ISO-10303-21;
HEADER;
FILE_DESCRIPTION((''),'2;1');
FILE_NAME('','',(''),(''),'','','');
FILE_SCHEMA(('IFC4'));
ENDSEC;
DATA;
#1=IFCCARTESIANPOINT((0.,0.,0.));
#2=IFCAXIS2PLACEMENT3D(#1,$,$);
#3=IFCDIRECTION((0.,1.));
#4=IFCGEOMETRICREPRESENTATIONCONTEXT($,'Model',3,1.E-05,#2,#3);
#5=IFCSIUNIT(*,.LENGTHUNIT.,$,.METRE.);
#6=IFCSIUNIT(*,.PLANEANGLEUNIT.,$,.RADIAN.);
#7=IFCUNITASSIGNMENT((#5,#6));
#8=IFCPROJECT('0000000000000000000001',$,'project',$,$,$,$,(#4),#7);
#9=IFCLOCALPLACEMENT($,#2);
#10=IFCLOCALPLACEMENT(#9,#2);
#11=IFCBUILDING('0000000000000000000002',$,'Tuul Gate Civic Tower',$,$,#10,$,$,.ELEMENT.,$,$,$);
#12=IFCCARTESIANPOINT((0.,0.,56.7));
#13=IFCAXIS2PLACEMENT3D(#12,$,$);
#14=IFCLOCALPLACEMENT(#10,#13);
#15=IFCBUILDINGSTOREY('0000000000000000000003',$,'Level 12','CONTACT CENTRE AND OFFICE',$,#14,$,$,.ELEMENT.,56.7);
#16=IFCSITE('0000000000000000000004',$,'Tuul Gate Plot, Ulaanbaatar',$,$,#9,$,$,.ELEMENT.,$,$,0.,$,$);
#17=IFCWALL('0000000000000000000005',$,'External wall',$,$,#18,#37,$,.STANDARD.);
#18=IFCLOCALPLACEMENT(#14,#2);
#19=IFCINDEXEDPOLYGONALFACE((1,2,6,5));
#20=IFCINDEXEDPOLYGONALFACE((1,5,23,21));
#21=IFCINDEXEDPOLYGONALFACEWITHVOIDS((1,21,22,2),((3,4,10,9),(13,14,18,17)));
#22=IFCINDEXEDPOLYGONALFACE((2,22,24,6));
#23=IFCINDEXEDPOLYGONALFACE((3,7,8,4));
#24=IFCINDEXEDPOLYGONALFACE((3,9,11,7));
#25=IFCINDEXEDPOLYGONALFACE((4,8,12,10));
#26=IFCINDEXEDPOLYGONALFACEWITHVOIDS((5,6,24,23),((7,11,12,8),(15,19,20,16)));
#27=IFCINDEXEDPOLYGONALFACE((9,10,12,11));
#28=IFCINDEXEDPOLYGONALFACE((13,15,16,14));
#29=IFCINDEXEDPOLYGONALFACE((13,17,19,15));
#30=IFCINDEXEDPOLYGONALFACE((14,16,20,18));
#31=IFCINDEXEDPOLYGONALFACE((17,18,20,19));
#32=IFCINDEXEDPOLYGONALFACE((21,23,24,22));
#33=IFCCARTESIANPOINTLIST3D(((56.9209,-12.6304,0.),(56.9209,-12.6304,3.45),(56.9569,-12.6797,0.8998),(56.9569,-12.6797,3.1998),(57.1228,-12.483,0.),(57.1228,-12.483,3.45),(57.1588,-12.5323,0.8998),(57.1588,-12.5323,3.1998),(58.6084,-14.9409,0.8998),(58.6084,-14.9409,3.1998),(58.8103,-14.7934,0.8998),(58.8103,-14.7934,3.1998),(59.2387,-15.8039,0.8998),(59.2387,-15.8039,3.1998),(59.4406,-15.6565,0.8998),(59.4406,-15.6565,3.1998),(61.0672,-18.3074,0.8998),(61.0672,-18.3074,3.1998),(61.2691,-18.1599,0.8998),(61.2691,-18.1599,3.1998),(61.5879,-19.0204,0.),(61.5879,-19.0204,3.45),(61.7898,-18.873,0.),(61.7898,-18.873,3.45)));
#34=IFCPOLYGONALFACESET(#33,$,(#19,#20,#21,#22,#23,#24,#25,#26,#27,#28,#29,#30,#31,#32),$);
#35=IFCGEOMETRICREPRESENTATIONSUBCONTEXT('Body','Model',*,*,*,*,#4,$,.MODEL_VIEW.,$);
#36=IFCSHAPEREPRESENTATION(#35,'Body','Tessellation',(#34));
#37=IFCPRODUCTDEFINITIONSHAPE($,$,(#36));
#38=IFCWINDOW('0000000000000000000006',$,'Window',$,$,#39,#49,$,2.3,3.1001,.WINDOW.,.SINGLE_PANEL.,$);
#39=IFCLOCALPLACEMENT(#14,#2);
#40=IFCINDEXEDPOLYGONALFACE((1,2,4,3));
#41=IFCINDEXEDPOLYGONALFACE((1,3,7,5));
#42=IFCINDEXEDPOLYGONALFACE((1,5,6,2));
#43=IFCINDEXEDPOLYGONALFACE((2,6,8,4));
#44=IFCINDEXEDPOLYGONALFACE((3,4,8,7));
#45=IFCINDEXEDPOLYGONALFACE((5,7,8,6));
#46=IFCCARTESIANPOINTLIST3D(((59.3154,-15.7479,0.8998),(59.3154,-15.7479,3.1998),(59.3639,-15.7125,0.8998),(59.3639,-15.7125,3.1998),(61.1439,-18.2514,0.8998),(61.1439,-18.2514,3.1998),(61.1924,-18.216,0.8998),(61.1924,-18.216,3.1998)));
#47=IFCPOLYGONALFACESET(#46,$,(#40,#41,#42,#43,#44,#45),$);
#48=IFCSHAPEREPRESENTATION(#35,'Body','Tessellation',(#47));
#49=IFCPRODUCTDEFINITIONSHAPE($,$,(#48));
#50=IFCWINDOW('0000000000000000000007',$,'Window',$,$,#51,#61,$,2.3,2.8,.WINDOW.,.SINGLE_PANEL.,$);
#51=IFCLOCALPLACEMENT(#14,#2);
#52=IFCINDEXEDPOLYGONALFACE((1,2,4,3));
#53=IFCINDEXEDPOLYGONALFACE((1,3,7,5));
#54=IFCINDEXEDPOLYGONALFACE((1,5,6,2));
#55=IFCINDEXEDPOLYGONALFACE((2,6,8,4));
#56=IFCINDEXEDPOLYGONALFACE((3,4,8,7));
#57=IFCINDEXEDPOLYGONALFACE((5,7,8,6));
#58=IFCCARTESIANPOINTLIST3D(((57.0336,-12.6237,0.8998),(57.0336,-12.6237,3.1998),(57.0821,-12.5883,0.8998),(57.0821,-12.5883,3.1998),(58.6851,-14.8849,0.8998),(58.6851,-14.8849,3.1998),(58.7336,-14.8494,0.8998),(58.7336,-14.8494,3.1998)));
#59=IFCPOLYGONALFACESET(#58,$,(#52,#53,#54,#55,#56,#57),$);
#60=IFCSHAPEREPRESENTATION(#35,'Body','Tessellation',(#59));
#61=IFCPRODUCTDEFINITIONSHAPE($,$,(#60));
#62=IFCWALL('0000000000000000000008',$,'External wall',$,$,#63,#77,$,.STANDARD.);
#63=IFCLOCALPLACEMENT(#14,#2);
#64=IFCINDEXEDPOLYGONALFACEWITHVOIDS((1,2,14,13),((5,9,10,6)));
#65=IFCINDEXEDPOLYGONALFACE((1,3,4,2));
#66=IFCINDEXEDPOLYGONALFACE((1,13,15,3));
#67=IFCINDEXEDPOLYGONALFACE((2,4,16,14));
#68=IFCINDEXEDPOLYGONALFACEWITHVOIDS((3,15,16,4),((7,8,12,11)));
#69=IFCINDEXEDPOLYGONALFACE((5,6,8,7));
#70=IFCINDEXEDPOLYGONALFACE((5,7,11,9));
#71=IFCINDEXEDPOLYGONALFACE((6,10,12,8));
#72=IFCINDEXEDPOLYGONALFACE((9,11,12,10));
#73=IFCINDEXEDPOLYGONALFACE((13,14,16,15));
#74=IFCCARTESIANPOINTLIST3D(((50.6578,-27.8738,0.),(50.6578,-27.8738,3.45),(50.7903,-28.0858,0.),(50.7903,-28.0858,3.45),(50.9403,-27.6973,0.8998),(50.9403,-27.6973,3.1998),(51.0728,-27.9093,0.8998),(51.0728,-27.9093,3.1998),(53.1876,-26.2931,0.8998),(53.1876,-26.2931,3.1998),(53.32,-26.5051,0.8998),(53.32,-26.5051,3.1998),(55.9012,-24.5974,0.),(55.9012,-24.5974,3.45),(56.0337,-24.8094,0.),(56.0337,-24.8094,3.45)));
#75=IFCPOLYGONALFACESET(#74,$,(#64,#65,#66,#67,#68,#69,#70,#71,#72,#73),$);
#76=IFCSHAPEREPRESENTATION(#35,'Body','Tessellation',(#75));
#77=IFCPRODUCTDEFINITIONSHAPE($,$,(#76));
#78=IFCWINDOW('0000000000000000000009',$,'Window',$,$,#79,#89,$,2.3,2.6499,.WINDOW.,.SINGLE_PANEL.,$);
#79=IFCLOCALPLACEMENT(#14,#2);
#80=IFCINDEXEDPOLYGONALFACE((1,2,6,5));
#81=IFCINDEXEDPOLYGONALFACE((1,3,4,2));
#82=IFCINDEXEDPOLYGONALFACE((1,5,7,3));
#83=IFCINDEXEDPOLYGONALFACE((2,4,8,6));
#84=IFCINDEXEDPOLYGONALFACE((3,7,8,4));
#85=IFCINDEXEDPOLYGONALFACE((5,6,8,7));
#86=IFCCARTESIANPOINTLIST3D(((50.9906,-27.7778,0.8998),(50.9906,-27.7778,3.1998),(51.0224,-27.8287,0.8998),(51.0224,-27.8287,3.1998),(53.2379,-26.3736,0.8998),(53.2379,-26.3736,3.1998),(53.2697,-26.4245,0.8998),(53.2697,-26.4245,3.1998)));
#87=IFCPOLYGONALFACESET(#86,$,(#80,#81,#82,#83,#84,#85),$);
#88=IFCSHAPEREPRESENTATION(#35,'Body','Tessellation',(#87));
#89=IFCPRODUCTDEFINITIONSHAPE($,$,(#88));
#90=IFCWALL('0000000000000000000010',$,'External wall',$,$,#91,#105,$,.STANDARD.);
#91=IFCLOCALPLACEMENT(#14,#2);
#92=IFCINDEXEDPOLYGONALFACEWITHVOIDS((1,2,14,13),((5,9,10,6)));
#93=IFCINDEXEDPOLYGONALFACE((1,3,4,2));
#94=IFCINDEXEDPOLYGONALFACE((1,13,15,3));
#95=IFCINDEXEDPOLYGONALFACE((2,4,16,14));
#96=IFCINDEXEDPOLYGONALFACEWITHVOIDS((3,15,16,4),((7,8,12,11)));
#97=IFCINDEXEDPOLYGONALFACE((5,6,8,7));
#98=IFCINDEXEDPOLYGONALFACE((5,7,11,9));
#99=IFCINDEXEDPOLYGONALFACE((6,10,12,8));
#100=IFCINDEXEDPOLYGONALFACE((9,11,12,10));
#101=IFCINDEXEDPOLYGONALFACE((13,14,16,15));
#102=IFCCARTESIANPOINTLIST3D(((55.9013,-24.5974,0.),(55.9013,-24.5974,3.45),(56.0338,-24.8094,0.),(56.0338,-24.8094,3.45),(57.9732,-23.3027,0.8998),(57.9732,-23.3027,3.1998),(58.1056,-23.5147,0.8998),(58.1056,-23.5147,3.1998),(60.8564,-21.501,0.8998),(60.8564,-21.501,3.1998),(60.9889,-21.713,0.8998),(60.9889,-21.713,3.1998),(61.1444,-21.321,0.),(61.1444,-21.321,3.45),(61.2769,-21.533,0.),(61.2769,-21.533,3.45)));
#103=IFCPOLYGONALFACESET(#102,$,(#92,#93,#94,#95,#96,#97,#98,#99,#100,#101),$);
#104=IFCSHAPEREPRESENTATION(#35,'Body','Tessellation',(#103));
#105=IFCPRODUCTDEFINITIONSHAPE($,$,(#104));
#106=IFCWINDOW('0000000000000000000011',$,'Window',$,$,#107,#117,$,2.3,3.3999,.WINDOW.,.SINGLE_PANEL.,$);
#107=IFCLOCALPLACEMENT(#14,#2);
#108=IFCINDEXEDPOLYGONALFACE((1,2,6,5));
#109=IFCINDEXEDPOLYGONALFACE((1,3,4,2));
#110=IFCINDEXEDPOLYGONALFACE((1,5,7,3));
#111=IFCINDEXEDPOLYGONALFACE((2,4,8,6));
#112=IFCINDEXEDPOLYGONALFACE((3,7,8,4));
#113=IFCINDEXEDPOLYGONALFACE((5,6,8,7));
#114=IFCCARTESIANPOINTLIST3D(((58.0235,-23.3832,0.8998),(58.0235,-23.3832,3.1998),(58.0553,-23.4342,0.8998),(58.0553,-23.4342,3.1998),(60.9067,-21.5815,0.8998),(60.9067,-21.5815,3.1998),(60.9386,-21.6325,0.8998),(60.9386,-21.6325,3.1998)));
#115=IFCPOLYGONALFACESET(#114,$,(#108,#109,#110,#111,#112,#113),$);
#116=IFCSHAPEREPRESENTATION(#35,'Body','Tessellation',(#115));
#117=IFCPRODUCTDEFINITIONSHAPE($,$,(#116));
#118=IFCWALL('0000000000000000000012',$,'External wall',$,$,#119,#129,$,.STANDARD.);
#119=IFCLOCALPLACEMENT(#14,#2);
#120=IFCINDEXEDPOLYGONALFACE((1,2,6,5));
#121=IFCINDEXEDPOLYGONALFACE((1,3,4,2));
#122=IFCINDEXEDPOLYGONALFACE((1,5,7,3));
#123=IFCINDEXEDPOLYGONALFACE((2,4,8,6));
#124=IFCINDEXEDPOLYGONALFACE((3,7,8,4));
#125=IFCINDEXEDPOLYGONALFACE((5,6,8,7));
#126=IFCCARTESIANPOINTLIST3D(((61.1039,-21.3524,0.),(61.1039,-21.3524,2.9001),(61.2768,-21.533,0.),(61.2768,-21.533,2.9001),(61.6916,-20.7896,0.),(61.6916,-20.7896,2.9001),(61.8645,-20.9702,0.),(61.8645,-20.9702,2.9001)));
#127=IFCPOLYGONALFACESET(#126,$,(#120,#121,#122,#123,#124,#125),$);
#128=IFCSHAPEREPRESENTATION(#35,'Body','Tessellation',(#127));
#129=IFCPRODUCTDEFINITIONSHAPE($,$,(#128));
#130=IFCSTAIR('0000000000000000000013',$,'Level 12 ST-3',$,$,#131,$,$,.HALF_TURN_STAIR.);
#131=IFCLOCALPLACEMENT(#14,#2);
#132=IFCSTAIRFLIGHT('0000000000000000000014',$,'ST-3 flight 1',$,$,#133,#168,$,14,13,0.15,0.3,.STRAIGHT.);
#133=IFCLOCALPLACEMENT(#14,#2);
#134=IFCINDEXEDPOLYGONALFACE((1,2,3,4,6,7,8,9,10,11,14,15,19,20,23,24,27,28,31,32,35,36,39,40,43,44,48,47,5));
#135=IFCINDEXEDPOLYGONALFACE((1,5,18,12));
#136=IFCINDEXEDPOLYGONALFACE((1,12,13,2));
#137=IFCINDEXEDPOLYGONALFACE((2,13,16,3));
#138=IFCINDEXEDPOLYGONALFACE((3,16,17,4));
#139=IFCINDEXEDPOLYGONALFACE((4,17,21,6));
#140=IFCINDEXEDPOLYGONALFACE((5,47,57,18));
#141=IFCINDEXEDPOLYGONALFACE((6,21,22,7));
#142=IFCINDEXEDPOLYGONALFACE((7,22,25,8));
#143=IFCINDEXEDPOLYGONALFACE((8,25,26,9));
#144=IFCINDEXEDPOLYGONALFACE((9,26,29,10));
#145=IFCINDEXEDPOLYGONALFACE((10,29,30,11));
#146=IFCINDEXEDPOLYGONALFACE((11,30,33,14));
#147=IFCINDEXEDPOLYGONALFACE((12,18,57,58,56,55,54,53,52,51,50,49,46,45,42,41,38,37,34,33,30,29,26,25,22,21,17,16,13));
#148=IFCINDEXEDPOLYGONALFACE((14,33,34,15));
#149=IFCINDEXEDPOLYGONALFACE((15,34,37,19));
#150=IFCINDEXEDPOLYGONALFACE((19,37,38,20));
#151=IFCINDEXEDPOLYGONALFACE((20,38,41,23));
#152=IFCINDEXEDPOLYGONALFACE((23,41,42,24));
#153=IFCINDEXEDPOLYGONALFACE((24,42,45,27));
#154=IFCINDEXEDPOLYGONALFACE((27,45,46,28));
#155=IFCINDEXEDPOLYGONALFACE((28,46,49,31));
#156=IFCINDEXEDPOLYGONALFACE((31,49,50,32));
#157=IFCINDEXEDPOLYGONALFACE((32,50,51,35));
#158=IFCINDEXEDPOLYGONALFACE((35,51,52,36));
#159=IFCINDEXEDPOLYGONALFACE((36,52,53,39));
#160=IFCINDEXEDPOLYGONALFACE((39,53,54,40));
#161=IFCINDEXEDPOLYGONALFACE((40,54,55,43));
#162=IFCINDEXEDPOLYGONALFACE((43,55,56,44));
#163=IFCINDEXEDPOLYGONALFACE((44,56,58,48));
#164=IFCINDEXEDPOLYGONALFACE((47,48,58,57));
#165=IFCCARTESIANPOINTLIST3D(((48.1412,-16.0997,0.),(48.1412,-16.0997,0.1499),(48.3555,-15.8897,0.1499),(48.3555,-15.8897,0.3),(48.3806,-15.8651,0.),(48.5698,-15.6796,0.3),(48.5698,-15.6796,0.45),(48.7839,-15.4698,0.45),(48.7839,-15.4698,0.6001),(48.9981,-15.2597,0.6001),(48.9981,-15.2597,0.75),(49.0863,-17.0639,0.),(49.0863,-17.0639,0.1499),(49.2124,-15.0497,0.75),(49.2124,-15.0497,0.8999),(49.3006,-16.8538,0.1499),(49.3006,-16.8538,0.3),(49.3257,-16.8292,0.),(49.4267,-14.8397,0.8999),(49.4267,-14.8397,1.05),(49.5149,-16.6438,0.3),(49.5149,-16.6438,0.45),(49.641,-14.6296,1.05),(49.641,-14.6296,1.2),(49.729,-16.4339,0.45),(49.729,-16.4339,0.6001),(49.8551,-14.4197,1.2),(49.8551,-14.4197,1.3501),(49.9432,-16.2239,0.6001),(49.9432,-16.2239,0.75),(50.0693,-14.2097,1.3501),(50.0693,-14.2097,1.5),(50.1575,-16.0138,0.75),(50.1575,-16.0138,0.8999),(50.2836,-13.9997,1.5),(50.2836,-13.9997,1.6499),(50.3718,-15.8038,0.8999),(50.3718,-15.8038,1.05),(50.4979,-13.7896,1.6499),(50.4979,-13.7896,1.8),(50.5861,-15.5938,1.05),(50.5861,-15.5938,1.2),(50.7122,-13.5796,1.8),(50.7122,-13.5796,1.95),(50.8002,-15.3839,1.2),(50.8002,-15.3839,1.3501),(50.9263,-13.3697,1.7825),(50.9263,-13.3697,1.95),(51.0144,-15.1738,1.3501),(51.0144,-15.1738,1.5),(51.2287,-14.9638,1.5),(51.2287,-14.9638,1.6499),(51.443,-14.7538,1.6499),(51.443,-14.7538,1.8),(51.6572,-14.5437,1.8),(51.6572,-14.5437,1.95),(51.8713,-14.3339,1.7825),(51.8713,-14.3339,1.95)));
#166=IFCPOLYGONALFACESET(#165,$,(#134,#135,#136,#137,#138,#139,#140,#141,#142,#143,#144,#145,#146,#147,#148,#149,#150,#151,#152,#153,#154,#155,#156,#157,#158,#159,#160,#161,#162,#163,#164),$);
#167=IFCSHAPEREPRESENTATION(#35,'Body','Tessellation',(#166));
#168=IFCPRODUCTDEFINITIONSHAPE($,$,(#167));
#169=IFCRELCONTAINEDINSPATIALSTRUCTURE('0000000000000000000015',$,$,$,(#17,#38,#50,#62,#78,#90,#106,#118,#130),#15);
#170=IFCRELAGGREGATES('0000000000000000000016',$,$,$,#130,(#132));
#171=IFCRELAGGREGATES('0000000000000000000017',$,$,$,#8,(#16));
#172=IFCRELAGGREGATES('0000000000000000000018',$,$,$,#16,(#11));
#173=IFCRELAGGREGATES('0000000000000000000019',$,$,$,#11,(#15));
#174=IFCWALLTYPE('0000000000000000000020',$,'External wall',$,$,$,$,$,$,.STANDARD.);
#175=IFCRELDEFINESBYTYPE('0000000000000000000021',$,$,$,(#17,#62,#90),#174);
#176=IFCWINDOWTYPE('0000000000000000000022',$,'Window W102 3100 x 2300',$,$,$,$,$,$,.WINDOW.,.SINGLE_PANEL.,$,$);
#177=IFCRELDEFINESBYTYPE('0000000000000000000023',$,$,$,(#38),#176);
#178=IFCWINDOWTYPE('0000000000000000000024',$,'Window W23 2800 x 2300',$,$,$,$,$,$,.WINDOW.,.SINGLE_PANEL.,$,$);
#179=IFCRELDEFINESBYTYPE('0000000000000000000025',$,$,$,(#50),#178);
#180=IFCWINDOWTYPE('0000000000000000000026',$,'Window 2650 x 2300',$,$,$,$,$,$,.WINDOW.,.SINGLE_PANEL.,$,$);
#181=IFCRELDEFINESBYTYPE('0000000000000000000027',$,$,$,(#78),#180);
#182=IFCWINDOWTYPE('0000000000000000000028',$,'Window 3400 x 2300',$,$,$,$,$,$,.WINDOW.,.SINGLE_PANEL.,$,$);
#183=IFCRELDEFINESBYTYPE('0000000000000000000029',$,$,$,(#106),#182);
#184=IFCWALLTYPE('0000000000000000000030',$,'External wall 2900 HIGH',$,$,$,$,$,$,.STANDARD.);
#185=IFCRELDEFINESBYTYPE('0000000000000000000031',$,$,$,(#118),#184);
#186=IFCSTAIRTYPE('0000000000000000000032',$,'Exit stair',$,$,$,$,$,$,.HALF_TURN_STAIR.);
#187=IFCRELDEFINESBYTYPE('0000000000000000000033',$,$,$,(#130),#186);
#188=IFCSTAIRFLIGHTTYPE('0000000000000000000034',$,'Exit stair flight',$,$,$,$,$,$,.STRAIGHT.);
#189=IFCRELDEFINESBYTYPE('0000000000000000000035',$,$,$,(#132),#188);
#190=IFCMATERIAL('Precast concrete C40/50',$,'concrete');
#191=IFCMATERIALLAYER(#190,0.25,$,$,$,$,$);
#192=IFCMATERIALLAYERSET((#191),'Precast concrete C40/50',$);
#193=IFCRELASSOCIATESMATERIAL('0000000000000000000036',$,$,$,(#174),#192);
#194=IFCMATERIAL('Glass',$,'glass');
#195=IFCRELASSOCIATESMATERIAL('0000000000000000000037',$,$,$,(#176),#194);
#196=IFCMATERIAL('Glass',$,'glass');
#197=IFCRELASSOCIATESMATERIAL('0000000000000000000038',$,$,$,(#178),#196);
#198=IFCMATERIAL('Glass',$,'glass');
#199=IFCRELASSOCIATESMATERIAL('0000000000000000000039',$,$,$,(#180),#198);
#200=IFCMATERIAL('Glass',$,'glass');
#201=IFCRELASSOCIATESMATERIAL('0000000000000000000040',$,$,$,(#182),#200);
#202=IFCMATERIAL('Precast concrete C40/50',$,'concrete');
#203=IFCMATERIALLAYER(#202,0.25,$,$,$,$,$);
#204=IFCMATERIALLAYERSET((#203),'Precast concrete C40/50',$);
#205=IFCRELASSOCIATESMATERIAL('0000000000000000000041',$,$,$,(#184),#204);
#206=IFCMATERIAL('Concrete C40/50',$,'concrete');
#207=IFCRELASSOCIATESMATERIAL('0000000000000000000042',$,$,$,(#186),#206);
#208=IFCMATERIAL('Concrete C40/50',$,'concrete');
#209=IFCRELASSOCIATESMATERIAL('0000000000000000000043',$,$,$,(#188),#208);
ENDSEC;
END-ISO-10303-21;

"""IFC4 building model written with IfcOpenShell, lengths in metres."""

from ifc_helpers import new_model, si_unit, direction, frame, frame_2d, origin, place, context, subcontext, project, spatial, polyline, rectangle, outline, extrude, material, layer, layer_set, type_object, element, fill, aggregate, save


model = new_model("IFC4")

# Units and contexts
model_context = context("Model", 3, precision=1e-05, world=origin(), true_north=direction((0.0, 1.0)))
body_context = subcontext(model_context, "Body", "Model", "MODEL_VIEW")
ifc_project = project(units=[si_unit("LENGTHUNIT", "METRE"), si_unit("PLANEANGLEUNIT", "RADIAN")], contexts=[model_context])

# Site, building, storey
site_placement = place(None, origin())
site = spatial("IfcSite", under=ifc_project, at=site_placement, Name="Tuul Gate Plot, Ulaanbaatar", CompositionType="ELEMENT", RefElevation=0.0)
building_placement = place(site_placement, origin())
building = spatial("IfcBuilding", under=site, at=building_placement, Name="Tuul Gate Civic Tower", CompositionType="ELEMENT")
storey_placement = place(building_placement, frame((0.0, 0.0, 56.7)))
storey = spatial("IfcBuildingStorey", under=building, at=storey_placement, Name="Level 12", Description="CONTACT CENTRE AND OFFICE", CompositionType="ELEMENT", Elevation=56.7)

# Wall, openings, windows
ifc_material_1 = material(Name="Precast concrete C40/50", Category="concrete")
ifc_layer_1 = layer(ifc_material_1, 0.25)
ifc_layer_set_1 = layer_set([ifc_layer_1], Name="Precast concrete C40/50")
wall_type_1 = type_object("IfcWallType", Name="External wall", PredefinedType="STANDARD", material=ifc_layer_set_1)
wall_1_placement = place(storey_placement, frame((61.689, -18.9468, 0.0), z_axis=(0.0, 0.0, 1.0), x_axis=(-0.589807, 0.807544, 0.0)))
wall_1 = element("IfcWall", 1, at=wall_1_placement, inside=storey, type_object=wall_type_1, Name="External wall", PredefinedType="STANDARD", context=body_context, shape_type="SweptSolid", body=[
    extrude(rectangle(XDim=7.9128, YDim=0.25, at=frame_2d((3.9565, 0.0))), origin(), (0.0, 0.0, 1.0), 3.45),
])
opening_1_placement = place(wall_1_placement, frame((0.8831, 0.0, 0.8999)))
opening_1 = element("IfcOpeningElement", 2, at=opening_1_placement, cuts=wall_1, PredefinedType="OPENING", context=body_context, shape_type="SweptSolid", body=[
    extrude(rectangle(XDim=3.1001, YDim=2.3, at=frame_2d((1.55, 1.1499))), frame((0.0, 0.135, 0.0), z_axis=(0.0, -1.0, 0.0), x_axis=(1.0, 0.0, 0.0)), (0.0, 0.0, 1.0), 0.27),
])
opening_2_placement = place(wall_1_placement, frame((5.052, 0.0, 0.8999)))
opening_2 = element("IfcOpeningElement", 3, at=opening_2_placement, cuts=wall_1, PredefinedType="OPENING", context=body_context, shape_type="SweptSolid", body=[
    extrude(rectangle(XDim=2.8, YDim=2.3, at=frame_2d((1.3999, 1.1499))), frame((0.0, 0.135, 0.0), z_axis=(0.0, -1.0, 0.0), x_axis=(1.0, 0.0, 0.0)), (0.0, 0.0, 1.0), 0.27),
])
ifc_material_2 = material(Name="Glass", Category="glass")
window_type_1 = type_object("IfcWindowType", Name="Window W102 3100 x 2300", PartitioningType="SINGLE_PANEL", PredefinedType="WINDOW", material=ifc_material_2)
window_1_placement = place(opening_1_placement, origin())
window_1 = element("IfcWindow", 4, at=window_1_placement, inside=storey, type_object=window_type_1, Name="Window", OverallHeight=2.3, OverallWidth=3.1001, PartitioningType="SINGLE_PANEL", PredefinedType="WINDOW", context=body_context, shape_type="SweptSolid", body=[
    extrude(rectangle(XDim=3.1001, YDim=2.3, at=frame_2d((1.55, 1.1499))), frame((0.0, 0.03, 0.0), z_axis=(0.0, -1.0, 0.0), x_axis=(1.0, 0.0, 0.0)), (0.0, 0.0, 1.0), 0.0601),
])
fill(opening_1, window_1)
ifc_material_3 = material(Name="Glass", Category="glass")
window_type_2 = type_object("IfcWindowType", Name="Window W23 2800 x 2300", PartitioningType="SINGLE_PANEL", PredefinedType="WINDOW", material=ifc_material_3)
window_2_placement = place(opening_2_placement, origin())
window_2 = element("IfcWindow", 5, at=window_2_placement, inside=storey, type_object=window_type_2, Name="Window", OverallHeight=2.3, OverallWidth=2.8, PartitioningType="SINGLE_PANEL", PredefinedType="WINDOW", context=body_context, shape_type="SweptSolid", body=[
    extrude(rectangle(XDim=2.8, YDim=2.3, at=frame_2d((1.3999, 1.1499))), frame((0.0, 0.03, 0.0), z_axis=(0.0, -1.0, 0.0), x_axis=(1.0, 0.0, 0.0)), (0.0, 0.0, 1.0), 0.0601),
])
fill(opening_2, window_2)

# Walls, openings, windows
wall_2_placement = place(storey_placement, frame((50.7241, -27.9797, 0.0), z_axis=(0.0, 0.0, 1.0), x_axis=(0.848054, 0.52991, 0.0)))
wall_2 = element("IfcWall", 6, at=wall_2_placement, inside=storey, type_object=wall_type_1, Name="External wall", PredefinedType="STANDARD", context=body_context, shape_type="SweptSolid", body=[
    extrude(rectangle(XDim=6.1829, YDim=0.25, at=frame_2d((3.0913, 0.0))), origin(), (0.0, 0.0, 1.0), 3.45),
])
opening_3_placement = place(wall_2_placement, frame((0.333, 0.0, 0.8999)))
opening_3 = element("IfcOpeningElement", 7, at=opening_3_placement, cuts=wall_2, PredefinedType="OPENING", context=body_context, shape_type="SweptSolid", body=[
    extrude(rectangle(XDim=2.6499, YDim=2.3, at=frame_2d((1.325, 1.1499))), frame((0.0, 0.135, 0.0), z_axis=(0.0, -1.0, 0.0), x_axis=(1.0, 0.0, 0.0)), (0.0, 0.0, 1.0), 0.27),
])
ifc_material_4 = material(Name="Glass", Category="glass")
window_type_3 = type_object("IfcWindowType", Name="Window 2650 x 2300", PartitioningType="SINGLE_PANEL", PredefinedType="WINDOW", material=ifc_material_4)
window_3_placement = place(opening_3_placement, origin())
window_3 = element("IfcWindow", 8, at=window_3_placement, inside=storey, type_object=window_type_3, Name="Window", OverallHeight=2.3, OverallWidth=2.6499, PartitioningType="SINGLE_PANEL", PredefinedType="WINDOW", context=body_context, shape_type="SweptSolid", body=[
    extrude(rectangle(XDim=2.6499, YDim=2.3, at=frame_2d((1.325, 1.1499))), frame((0.0, 0.03, 0.0), z_axis=(0.0, -1.0, 0.0), x_axis=(1.0, 0.0, 0.0)), (0.0, 0.0, 1.0), 0.0601),
])
fill(opening_3, window_3)
wall_3_placement = place(storey_placement, frame((55.9675, -24.7034, 0.0), z_axis=(0.0, 0.0, 1.0), x_axis=(0.848043, 0.529928, 0.0)))
wall_3 = element("IfcWall", 9, at=wall_3_placement, inside=storey, type_object=wall_type_1, Name="External wall", PredefinedType="STANDARD", context=body_context, shape_type="SweptSolid", body=[
    extrude(rectangle(XDim=6.1826, YDim=0.25, at=frame_2d((3.0913, 0.0))), origin(), (0.0, 0.0, 1.0), 3.45),
])
opening_4_placement = place(wall_3_placement, frame((2.4431, 0.0, 0.8999)))
opening_4 = element("IfcOpeningElement", 10, at=opening_4_placement, cuts=wall_3, PredefinedType="OPENING", context=body_context, shape_type="SweptSolid", body=[
    extrude(rectangle(XDim=3.3999, YDim=2.3, at=frame_2d((1.7, 1.1499))), frame((0.0, 0.135, 0.0), z_axis=(0.0, -1.0, 0.0), x_axis=(1.0, 0.0, 0.0)), (0.0, 0.0, 1.0), 0.27),
])
ifc_material_5 = material(Name="Glass", Category="glass")
window_type_4 = type_object("IfcWindowType", Name="Window 3400 x 2300", PartitioningType="SINGLE_PANEL", PredefinedType="WINDOW", material=ifc_material_5)
window_4_placement = place(opening_4_placement, origin())
window_4 = element("IfcWindow", 11, at=window_4_placement, inside=storey, type_object=window_type_4, Name="Window", OverallHeight=2.3, OverallWidth=3.3999, PartitioningType="SINGLE_PANEL", PredefinedType="WINDOW", context=body_context, shape_type="SweptSolid", body=[
    extrude(rectangle(XDim=3.3999, YDim=2.3, at=frame_2d((1.7, 1.1499))), frame((0.0, 0.03, 0.0), z_axis=(0.0, -1.0, 0.0), x_axis=(1.0, 0.0, 0.0)), (0.0, 0.0, 1.0), 0.0601),
])
fill(opening_4, window_4)

# Wall
ifc_material_6 = material(Name="Precast concrete C40/50", Category="concrete")
ifc_layer_2 = layer(ifc_material_6, 0.25)
ifc_layer_set_2 = layer_set([ifc_layer_2], Name="Precast concrete C40/50")
wall_type_2 = type_object("IfcWallType", Name="External wall 2900 HIGH", PredefinedType="STANDARD", material=ifc_layer_set_2)
wall_4_placement = place(storey_placement, frame((61.1904, -21.4426, 0.0), z_axis=(0.0, 0.0, 1.0), x_axis=(0.722244, 0.691638, 0.0)))
element("IfcWall", 12, at=wall_4_placement, inside=storey, type_object=wall_type_2, Name="External wall", PredefinedType="STANDARD", context=body_context, shape_type="SweptSolid", body=[
    extrude(rectangle(XDim=0.8137, YDim=0.25, at=frame_2d((0.4067, 0.0))), origin(), (0.0, 0.0, 1.0), 2.9001),
])

# Stair, stair flight
ifc_material_7 = material(Name="Concrete C40/50", Category="concrete")
stair_type = type_object("IfcStairType", Name="Exit stair", PredefinedType="HALF_TURN_STAIR", material=ifc_material_7)
stair_placement = place(storey_placement, origin())
stair = element("IfcStair", 13, at=stair_placement, inside=storey, type_object=stair_type, Name="Level 12 ST-3", PredefinedType="HALF_TURN_STAIR")
ifc_material_8 = material(Name="Concrete C40/50", Category="concrete")
stair_flight_type = type_object("IfcStairFlightType", Name="Exit stair flight", PredefinedType="STRAIGHT", material=ifc_material_8)
stair_flight_placement = place(storey_placement, frame((48.6138, -16.5818, 0.0), z_axis=(0.0, 0.0, 1.0), x_axis=(0.714127, 0.700016, 0.0)))
stair_flight = element("IfcStairFlight", 14, at=stair_flight_placement, type_object=stair_flight_type, Name="ST-3 flight 1", NumberOfRisers=14, NumberOfTreads=13, PredefinedType="STRAIGHT", RiserHeight=0.15, TreadLength=0.3, context=body_context, shape_type="SweptSolid", body=[
    extrude(outline(polyline([(0.0, 0.0), (0.0, 0.1499), (0.3, 0.1499), (0.3, 0.3), (0.6001, 0.3), (0.6001, 0.45), (0.8999, 0.45), (0.8999, 0.6001), (1.2, 0.6001), (1.2, 0.75), (1.5, 0.75), (1.5, 0.8999), (1.8, 0.8999), (1.8, 1.05), (2.1001, 1.05), (2.1001, 1.2), (2.3999, 1.2), (2.3999, 1.3501), (2.7, 1.3501), (2.7, 1.5), (3.0, 1.5), (3.0, 1.6499), (3.3, 1.6499), (3.3, 1.8), (3.6001, 1.8), (3.6001, 1.95), (3.8999, 1.95), (3.8999, 2.1001), (3.8999, 1.7825), (0.3352, 0.0), (0.0, 0.0)])), frame((0.0, 0.675, 0.0), z_axis=(0.0, -1.0, 0.0), x_axis=(1.0, 0.0, 0.0)), (0.0, 0.0, 1.0), 1.3501),
])
aggregate(stair, [stair_flight])

save(model, "model.ifc")
